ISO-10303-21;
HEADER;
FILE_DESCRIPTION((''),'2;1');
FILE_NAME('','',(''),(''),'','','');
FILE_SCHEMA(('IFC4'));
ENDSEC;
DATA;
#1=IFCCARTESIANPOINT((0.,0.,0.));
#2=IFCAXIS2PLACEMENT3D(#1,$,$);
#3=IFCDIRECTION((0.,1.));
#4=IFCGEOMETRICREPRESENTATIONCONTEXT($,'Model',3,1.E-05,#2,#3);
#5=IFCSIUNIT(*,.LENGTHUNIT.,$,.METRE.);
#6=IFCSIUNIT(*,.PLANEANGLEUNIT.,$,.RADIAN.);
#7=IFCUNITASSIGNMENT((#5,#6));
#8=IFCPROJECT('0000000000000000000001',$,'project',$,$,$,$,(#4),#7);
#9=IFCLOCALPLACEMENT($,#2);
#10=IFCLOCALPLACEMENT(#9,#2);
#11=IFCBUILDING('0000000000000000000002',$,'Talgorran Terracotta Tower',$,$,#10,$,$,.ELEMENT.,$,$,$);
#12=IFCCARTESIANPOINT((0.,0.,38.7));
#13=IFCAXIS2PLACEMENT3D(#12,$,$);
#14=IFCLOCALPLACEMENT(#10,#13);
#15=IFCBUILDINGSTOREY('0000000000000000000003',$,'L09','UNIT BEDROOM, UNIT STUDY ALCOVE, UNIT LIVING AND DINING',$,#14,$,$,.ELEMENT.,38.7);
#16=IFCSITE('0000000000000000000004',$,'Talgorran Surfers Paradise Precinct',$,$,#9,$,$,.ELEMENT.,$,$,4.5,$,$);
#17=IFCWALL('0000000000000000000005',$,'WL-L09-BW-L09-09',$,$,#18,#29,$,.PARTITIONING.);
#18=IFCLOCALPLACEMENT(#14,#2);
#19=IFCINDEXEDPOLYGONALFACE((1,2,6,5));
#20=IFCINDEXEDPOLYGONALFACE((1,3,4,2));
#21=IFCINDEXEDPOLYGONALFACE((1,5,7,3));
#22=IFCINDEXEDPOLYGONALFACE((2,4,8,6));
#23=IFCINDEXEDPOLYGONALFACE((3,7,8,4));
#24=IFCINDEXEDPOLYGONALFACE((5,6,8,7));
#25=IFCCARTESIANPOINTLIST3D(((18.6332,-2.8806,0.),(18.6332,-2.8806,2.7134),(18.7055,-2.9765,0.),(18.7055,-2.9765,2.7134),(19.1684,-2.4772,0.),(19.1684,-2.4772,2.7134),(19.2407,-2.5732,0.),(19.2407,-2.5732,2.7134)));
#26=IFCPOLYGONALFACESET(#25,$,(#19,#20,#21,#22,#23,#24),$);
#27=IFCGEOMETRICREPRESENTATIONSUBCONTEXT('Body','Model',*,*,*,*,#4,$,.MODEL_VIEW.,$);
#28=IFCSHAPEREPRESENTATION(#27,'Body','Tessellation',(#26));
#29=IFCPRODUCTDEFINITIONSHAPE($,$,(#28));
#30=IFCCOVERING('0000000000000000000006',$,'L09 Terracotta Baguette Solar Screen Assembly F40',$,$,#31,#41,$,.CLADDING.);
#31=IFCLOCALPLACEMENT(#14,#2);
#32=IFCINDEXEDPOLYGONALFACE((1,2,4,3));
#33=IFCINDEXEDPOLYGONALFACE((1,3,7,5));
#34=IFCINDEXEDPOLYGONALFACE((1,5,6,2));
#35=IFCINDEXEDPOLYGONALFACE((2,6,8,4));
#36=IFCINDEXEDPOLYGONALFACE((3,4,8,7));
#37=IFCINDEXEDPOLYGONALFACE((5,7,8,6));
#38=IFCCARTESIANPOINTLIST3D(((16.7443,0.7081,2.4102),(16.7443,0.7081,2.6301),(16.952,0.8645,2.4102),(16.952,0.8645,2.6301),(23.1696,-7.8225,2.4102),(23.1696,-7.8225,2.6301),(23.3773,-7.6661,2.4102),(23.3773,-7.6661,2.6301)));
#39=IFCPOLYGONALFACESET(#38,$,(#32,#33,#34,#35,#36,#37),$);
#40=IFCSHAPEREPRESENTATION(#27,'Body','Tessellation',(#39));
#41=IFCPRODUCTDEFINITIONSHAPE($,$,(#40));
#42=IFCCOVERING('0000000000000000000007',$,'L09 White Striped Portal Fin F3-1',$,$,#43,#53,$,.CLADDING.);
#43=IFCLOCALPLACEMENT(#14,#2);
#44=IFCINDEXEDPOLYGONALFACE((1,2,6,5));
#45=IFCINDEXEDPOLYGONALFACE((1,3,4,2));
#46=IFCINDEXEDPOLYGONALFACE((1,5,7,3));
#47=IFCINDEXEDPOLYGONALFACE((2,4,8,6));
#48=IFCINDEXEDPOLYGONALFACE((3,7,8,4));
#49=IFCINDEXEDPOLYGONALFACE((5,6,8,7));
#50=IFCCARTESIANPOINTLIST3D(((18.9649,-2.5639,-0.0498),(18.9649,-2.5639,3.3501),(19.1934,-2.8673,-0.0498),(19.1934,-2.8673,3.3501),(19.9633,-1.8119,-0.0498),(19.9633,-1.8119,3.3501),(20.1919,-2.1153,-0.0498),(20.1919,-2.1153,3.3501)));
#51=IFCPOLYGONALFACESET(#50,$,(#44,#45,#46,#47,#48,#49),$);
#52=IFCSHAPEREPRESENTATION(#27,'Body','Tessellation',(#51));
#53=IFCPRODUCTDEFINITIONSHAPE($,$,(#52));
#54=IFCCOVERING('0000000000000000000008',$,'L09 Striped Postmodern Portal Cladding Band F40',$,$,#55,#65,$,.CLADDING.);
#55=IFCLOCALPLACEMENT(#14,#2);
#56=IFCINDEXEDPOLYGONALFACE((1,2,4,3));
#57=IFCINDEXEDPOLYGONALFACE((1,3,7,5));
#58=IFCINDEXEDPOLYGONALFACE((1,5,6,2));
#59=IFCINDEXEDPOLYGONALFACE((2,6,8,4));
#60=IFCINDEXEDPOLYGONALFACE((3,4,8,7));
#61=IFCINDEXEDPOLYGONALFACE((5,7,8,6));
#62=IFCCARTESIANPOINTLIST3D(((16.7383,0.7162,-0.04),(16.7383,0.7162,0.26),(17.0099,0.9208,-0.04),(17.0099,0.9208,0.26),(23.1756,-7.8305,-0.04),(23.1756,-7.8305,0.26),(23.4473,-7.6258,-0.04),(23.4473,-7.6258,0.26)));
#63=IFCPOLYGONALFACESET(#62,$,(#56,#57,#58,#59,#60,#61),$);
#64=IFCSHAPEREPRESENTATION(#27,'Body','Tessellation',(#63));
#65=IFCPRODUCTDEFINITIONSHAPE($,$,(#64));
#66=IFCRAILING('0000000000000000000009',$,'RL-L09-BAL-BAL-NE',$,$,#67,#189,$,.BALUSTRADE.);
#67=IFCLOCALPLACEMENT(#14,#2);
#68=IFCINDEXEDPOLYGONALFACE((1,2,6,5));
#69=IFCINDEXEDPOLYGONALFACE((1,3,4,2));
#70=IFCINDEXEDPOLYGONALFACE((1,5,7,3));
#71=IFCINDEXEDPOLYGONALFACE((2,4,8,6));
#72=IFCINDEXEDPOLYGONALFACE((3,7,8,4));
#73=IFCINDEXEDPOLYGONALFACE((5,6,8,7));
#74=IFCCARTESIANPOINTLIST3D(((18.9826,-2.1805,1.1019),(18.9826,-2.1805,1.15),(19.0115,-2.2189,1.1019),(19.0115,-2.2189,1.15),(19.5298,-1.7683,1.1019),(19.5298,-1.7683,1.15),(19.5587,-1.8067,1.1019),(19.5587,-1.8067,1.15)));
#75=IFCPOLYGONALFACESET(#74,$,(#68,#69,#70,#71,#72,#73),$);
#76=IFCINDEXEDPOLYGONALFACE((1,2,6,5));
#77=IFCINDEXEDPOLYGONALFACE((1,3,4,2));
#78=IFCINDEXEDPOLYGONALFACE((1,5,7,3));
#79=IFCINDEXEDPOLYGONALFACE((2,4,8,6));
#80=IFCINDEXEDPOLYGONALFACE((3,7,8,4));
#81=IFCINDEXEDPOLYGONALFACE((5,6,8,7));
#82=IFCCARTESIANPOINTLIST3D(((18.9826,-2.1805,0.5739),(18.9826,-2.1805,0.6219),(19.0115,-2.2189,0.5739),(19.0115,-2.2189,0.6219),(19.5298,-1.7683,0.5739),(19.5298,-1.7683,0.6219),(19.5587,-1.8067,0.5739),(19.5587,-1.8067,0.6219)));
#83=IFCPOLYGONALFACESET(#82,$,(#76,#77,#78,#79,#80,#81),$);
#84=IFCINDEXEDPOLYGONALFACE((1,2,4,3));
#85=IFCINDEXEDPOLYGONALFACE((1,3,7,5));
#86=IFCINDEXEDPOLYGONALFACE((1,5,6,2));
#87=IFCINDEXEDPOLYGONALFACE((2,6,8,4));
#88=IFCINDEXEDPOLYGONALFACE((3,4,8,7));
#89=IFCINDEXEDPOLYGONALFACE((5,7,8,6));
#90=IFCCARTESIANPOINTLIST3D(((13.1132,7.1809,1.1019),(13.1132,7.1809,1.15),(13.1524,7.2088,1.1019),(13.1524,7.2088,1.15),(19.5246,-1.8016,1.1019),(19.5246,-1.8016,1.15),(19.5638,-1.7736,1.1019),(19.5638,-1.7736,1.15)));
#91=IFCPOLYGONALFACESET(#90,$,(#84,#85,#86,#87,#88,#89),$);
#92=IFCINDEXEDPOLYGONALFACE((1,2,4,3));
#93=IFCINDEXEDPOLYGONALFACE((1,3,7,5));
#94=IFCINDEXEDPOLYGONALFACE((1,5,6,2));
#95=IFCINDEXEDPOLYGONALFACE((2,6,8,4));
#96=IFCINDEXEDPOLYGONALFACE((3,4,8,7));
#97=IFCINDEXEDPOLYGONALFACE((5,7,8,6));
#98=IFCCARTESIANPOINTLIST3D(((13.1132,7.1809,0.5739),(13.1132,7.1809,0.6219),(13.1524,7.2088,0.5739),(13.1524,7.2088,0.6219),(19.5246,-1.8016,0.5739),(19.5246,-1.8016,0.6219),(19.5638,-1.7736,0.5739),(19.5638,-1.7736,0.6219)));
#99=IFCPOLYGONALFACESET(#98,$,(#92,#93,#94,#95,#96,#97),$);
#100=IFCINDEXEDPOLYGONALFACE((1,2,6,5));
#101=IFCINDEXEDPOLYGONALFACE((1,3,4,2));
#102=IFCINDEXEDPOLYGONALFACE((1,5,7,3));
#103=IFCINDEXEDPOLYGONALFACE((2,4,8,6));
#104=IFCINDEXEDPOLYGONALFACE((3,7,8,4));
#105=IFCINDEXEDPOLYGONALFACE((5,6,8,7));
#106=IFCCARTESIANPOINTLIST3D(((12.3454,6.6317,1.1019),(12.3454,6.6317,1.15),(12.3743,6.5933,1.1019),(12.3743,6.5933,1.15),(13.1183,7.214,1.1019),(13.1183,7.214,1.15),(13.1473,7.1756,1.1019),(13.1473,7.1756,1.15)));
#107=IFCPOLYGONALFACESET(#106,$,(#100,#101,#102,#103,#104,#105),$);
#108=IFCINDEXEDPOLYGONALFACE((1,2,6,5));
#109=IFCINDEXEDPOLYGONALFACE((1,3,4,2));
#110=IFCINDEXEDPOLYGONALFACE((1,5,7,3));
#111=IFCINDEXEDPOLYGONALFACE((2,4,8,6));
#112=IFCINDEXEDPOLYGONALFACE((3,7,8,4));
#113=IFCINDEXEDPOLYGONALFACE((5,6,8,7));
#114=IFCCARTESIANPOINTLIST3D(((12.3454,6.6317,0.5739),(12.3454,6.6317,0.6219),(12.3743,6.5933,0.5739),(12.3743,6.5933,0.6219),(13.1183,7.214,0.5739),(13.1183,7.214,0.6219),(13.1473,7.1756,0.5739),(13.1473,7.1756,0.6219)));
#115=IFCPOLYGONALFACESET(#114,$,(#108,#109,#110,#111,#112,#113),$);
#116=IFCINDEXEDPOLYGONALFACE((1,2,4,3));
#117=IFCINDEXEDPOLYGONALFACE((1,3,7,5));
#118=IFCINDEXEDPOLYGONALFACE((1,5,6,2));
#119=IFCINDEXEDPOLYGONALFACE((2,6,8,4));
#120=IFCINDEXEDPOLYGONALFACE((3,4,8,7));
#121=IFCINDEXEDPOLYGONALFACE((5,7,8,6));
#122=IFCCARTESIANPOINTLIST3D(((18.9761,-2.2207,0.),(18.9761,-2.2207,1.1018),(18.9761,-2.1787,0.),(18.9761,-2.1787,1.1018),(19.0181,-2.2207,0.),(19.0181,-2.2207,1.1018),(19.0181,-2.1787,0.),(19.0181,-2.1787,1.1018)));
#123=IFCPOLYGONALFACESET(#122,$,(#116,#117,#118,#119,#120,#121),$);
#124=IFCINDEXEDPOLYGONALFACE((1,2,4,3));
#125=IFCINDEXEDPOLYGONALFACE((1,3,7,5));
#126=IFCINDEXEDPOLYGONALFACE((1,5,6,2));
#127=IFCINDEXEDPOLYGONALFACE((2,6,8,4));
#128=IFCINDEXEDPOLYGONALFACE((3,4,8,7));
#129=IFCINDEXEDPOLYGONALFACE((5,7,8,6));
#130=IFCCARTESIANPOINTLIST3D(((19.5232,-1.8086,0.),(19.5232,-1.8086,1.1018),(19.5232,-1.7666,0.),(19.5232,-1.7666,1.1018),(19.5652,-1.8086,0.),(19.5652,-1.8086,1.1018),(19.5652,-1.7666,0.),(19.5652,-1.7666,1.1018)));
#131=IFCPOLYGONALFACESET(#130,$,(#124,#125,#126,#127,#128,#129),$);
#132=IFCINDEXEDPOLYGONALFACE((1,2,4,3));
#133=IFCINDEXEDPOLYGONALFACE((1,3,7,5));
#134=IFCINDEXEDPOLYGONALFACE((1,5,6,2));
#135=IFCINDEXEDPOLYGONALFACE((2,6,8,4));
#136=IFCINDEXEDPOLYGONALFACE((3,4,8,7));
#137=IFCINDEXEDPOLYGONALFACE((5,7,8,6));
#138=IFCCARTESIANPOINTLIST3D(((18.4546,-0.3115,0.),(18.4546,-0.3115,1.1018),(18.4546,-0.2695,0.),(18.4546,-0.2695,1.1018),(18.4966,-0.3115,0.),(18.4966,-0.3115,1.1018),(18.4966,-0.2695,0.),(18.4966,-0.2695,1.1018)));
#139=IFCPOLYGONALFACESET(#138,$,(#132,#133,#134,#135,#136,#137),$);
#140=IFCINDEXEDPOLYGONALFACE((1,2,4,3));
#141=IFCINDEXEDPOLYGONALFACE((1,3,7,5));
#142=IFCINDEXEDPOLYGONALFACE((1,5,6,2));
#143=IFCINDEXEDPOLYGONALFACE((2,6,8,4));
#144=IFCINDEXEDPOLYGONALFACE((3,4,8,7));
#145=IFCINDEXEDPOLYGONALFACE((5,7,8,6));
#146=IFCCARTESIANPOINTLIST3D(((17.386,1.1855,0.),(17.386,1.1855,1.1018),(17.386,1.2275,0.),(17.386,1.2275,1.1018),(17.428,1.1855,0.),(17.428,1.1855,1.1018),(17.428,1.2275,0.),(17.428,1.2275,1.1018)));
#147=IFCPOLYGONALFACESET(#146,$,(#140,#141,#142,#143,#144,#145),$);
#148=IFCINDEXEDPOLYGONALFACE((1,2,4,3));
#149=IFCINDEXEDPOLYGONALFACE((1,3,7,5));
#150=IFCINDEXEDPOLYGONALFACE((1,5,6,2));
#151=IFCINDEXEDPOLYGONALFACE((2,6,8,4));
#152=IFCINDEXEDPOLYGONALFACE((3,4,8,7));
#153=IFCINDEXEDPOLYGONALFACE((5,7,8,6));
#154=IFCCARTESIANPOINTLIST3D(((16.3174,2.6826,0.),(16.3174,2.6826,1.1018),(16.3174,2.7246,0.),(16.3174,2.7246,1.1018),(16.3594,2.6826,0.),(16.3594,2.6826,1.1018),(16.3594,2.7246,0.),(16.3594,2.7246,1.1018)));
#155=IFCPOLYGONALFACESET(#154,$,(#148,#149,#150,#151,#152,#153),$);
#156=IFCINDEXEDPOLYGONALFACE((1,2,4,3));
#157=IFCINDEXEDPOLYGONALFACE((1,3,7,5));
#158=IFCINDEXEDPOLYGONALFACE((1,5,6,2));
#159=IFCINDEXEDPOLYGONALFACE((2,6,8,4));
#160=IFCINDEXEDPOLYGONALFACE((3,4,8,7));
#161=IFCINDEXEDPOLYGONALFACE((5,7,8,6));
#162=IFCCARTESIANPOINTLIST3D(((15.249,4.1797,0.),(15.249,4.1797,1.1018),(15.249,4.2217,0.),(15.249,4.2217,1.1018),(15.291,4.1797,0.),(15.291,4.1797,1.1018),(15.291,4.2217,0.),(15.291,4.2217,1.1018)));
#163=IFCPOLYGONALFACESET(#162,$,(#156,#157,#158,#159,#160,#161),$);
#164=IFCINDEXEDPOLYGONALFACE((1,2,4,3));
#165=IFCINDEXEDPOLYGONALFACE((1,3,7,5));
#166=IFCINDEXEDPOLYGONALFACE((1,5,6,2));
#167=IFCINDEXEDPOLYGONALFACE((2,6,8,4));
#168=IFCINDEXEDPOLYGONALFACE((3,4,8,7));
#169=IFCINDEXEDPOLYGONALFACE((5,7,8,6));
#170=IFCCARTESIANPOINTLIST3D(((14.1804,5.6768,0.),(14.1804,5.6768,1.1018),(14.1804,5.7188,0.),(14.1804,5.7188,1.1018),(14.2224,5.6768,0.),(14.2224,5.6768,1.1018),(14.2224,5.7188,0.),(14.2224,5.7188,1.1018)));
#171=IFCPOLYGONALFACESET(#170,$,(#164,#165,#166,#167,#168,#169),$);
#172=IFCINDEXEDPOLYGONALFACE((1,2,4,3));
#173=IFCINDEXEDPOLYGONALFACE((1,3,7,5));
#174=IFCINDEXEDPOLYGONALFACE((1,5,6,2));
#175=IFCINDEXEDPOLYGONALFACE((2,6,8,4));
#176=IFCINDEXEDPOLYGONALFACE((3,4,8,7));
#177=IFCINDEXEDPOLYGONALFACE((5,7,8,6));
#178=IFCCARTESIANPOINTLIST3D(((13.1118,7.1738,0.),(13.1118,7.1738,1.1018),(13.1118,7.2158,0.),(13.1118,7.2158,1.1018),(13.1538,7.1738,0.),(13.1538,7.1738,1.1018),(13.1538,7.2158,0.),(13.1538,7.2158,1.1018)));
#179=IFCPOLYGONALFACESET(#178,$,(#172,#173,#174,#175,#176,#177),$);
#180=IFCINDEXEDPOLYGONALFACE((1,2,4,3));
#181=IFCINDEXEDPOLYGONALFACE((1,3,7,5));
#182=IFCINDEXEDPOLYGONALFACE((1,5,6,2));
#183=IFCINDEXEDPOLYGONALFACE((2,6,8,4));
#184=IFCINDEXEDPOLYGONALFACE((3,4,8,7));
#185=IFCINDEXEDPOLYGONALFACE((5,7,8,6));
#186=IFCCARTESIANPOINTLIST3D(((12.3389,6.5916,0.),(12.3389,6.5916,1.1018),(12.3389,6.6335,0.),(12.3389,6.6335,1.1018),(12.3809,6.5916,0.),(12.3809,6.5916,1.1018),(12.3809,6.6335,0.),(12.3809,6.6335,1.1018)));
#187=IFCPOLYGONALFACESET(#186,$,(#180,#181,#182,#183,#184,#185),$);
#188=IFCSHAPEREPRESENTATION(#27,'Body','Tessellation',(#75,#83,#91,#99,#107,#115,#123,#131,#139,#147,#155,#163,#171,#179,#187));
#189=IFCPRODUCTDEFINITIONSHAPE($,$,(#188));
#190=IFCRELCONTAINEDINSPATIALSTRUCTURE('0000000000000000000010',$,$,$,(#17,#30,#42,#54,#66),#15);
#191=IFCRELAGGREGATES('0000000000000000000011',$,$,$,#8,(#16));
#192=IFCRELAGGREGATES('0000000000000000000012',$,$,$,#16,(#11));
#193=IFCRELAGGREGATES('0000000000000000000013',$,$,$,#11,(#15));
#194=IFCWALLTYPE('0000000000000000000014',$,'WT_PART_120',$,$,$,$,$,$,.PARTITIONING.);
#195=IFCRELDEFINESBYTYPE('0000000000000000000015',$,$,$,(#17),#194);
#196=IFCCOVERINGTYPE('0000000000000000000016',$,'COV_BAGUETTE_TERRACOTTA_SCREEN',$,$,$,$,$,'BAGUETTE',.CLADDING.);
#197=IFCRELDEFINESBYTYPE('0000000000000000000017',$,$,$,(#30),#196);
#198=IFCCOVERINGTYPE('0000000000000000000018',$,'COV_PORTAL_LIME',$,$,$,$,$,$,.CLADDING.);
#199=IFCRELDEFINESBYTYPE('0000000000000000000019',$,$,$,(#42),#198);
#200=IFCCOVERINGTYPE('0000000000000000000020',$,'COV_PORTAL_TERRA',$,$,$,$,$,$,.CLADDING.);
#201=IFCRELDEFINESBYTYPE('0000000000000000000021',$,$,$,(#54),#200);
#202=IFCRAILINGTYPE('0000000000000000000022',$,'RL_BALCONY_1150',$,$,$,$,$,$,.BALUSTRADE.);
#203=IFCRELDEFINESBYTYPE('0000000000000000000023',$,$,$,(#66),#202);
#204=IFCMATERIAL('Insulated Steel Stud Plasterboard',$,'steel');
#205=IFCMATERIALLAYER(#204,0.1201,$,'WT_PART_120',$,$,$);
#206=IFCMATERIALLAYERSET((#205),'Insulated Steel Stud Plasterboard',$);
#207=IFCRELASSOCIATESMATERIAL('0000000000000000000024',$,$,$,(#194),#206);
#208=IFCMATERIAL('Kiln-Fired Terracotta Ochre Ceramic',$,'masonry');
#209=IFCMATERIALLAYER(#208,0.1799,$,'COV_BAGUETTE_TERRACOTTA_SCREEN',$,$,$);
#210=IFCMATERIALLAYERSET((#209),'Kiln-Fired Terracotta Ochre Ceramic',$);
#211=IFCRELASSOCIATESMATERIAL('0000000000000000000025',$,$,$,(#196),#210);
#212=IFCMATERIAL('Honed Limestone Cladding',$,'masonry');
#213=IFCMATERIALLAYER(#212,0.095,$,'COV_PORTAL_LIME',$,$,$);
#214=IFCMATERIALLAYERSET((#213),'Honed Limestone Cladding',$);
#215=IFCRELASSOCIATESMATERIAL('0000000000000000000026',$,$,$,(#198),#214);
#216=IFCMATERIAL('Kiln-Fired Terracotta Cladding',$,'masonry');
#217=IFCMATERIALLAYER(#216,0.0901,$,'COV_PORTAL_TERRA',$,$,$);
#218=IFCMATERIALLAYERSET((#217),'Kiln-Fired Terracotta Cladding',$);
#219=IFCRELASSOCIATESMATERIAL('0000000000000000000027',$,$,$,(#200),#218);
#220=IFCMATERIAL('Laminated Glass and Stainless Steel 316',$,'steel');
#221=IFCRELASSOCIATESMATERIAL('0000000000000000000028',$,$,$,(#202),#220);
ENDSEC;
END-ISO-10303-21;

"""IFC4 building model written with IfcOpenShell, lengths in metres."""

from ifc_helpers import new_model, si_unit, direction, frame, frame_2d, origin, origin_2d, place, context, subcontext, project, spatial, rectangle, extrude, material, layer, layer_set, type_object, element, save


model = new_model("IFC4")

# Units and contexts
model_context = context("Model", 3, precision=1e-05, world=origin(), true_north=direction((0.0, 1.0)))
body_context = subcontext(model_context, "Body", "Model", "MODEL_VIEW")
ifc_project = project(units=[si_unit("LENGTHUNIT", "METRE"), si_unit("PLANEANGLEUNIT", "RADIAN")], contexts=[model_context])

# Site, building, storey
site_placement = place(None, origin())
site = spatial("IfcSite", under=ifc_project, at=site_placement, Name="Talgorran Surfers Paradise Precinct", CompositionType="ELEMENT", RefElevation=4.5)
building_placement = place(site_placement, origin())
building = spatial("IfcBuilding", under=site, at=building_placement, Name="Talgorran Terracotta Tower", CompositionType="ELEMENT")
storey_placement = place(building_placement, frame((0.0, 0.0, 38.7)))
storey = spatial("IfcBuildingStorey", under=building, at=storey_placement, Name="L09", Description="UNIT BEDROOM, UNIT STUDY ALCOVE, UNIT LIVING AND DINING", CompositionType="ELEMENT", Elevation=38.7)

# Wall
ifc_material_1 = material(Name="Insulated Steel Stud Plasterboard", Category="steel")
ifc_layer_1 = layer(ifc_material_1, 0.1201, Name="WT_PART_120")
ifc_layer_set_1 = layer_set([ifc_layer_1], Name="Insulated Steel Stud Plasterboard")
wall_type_1 = type_object("IfcWallType", Name="WT_PART_120", PredefinedType="PARTITIONING", material=ifc_layer_set_1)
wall_1_placement = place(storey_placement, frame((18.6694, -2.9285, 0.0), z_axis=(0.0, 0.0, 1.0), x_axis=(0.798599, 0.601864, 0.0)))
element("IfcWall", 1, at=wall_1_placement, inside=storey, type_object=wall_type_1, Name="WL-L09-BW-L09-09", PredefinedType="PARTITIONING", context=body_context, shape_type="SweptSolid", body=[
    extrude(rectangle(XDim=0.6702, YDim=0.1201, at=frame_2d((0.335, 0.0))), origin(), (0.0, 0.0, 1.0), 2.7134),
])

# Coverings
ifc_material_2 = material(Name="Kiln-Fired Terracotta Ochre Ceramic", Category="masonry")
ifc_layer_2 = layer(ifc_material_2, 0.1799, Name="COV_BAGUETTE_TERRACOTTA_SCREEN")
ifc_layer_set_2 = layer_set([ifc_layer_2], Name="Kiln-Fired Terracotta Ochre Ceramic")
covering_type_1 = type_object("IfcCoveringType", Name="COV_BAGUETTE_TERRACOTTA_SCREEN", ElementType="BAGUETTE", PredefinedType="CLADDING", material=ifc_layer_set_2)
covering_1_placement = place(storey_placement, frame((20.0608, -3.479, 2.4102), z_axis=(0.0, 0.0, 1.0), x_axis=(-0.601634, 0.798772, 0.0)))
element("IfcCovering", 2, at=covering_1_placement, inside=storey, type_object=covering_type_1, Name="L09 Terracotta Baguette Solar Screen Assembly F40", PredefinedType="CLADDING", context=body_context, shape_type="SweptSolid", body=[
    extrude(rectangle(XDim=10.6797, YDim=0.26, at=origin_2d()), origin(), (0.0, 0.0, 1.0), 0.22),
])
ifc_material_3 = material(Name="Honed Limestone Cladding", Category="masonry")
ifc_layer_3 = layer(ifc_material_3, 0.095, Name="COV_PORTAL_LIME")
ifc_layer_set_3 = layer_set([ifc_layer_3], Name="Honed Limestone Cladding")
covering_type_2 = type_object("IfcCoveringType", Name="COV_PORTAL_LIME", PredefinedType="CLADDING", material=ifc_layer_set_3)
covering_2_placement = place(storey_placement, frame((19.5784, -2.3396, -0.0498), z_axis=(0.0, 0.0, 1.0), x_axis=(-0.601634, 0.798772, 0.0)))
element("IfcCovering", 3, at=covering_2_placement, inside=storey, type_object=covering_type_2, Name="L09 White Striped Portal Fin F3-1", PredefinedType="CLADDING", context=body_context, shape_type="SweptSolid", body=[
    extrude(rectangle(XDim=0.3799, YDim=1.25, at=origin_2d()), origin(), (0.0, 0.0, 1.0), 3.3999),
])
ifc_material_4 = material(Name="Kiln-Fired Terracotta Cladding", Category="masonry")
ifc_layer_4 = layer(ifc_material_4, 0.0901, Name="COV_PORTAL_TERRA")
ifc_layer_set_4 = layer_set([ifc_layer_4], Name="Kiln-Fired Terracotta Cladding")
covering_type_3 = type_object("IfcCoveringType", Name="COV_PORTAL_TERRA", PredefinedType="CLADDING", material=ifc_layer_set_4)
covering_3_placement = place(storey_placement, frame((20.0928, -3.4548, -0.04), z_axis=(0.0, 0.0, 1.0), x_axis=(-0.601634, 0.798772, 0.0)))
element("IfcCovering", 4, at=covering_3_placement, inside=storey, type_object=covering_type_3, Name="L09 Striped Postmodern Portal Cladding Band F40", PredefinedType="CLADDING", context=body_context, shape_type="SweptSolid", body=[
    extrude(rectangle(XDim=10.6997, YDim=0.3401, at=origin_2d()), origin(), (0.0, 0.0, 1.0), 0.3),
])

# Railing
ifc_material_5 = material(Name="Laminated Glass and Stainless Steel 316", Category="steel")
railing_type = type_object("IfcRailingType", Name="RL_BALCONY_1150", PredefinedType="BALUSTRADE", material=ifc_material_5)
railing_placement = place(storey_placement, frame((18.9971, -2.1997, 0.0)))
element("IfcRailing", 5, at=railing_placement, inside=storey, type_object=railing_type, Name="RL-L09-BAL-BAL-NE", PredefinedType="BALUSTRADE", context=body_context, shape_type="SweptSolid", body=[
    extrude(rectangle(XDim=0.0481, YDim=0.0481, at=origin_2d()), frame((0.0, 0.0, 1.126), z_axis=(0.798758, 0.601653, 0.0), x_axis=(-0.601653, 0.798758, 0.0)), (0.0, 0.0, 1.0), 0.6851),
    extrude(rectangle(XDim=0.0481, YDim=0.0481, at=origin_2d()), frame((0.0, 0.0, 0.5979), z_axis=(0.798758, 0.601653, 0.0), x_axis=(-0.601653, 0.798758, 0.0)), (0.0, 0.0, 1.0), 0.6851),
    extrude(rectangle(XDim=0.0481, YDim=0.0481, at=origin_2d()), frame((0.5471, 0.4121, 1.126), z_axis=(-0.58096, 0.813932, 0.0), x_axis=(-0.813932, -0.58096, 0.0)), (0.0, 0.0, 1.0), 11.0359),
    extrude(rectangle(XDim=0.0481, YDim=0.0481, at=origin_2d()), frame((0.5471, 0.4121, 0.5979), z_axis=(-0.58096, 0.813932, 0.0), x_axis=(-0.813932, -0.58096, 0.0)), (0.0, 0.0, 1.0), 11.0359),
    extrude(rectangle(XDim=0.0481, YDim=0.0481, at=origin_2d()), frame((-5.8643, 9.3945, 1.126), z_axis=(-0.798727, -0.601694, 0.0), x_axis=(0.601694, -0.798727, 0.0)), (0.0, 0.0, 1.0), 0.9678),
    extrude(rectangle(XDim=0.0481, YDim=0.0481, at=origin_2d()), frame((-5.8643, 9.3945, 0.5979), z_axis=(-0.798727, -0.601694, 0.0), x_axis=(0.601694, -0.798727, 0.0)), (0.0, 0.0, 1.0), 0.9678),
    extrude(rectangle(XDim=0.042, YDim=0.042, at=origin_2d()), origin(), (0.0, 0.0, 1.0), 1.1018),
    extrude(rectangle(XDim=0.042, YDim=0.042, at=origin_2d()), frame((0.5471, 0.4121, 0.0)), (0.0, 0.0, 1.0), 1.1018),
    extrude(rectangle(XDim=0.042, YDim=0.042, at=origin_2d()), frame((-0.5215, 1.9092, 0.0)), (0.0, 0.0, 1.0), 1.1018),
    extrude(rectangle(XDim=0.042, YDim=0.042, at=origin_2d()), frame((-1.5901, 3.4062, 0.0)), (0.0, 0.0, 1.0), 1.1018),
    extrude(rectangle(XDim=0.042, YDim=0.042, at=origin_2d()), frame((-2.6587, 4.9033, 0.0)), (0.0, 0.0, 1.0), 1.1018),
    extrude(rectangle(XDim=0.042, YDim=0.042, at=origin_2d()), frame((-3.7271, 6.4004, 0.0)), (0.0, 0.0, 1.0), 1.1018),
    extrude(rectangle(XDim=0.042, YDim=0.042, at=origin_2d()), frame((-4.7957, 7.8975, 0.0)), (0.0, 0.0, 1.0), 1.1018),
    extrude(rectangle(XDim=0.042, YDim=0.042, at=origin_2d()), frame((-5.8643, 9.3945, 0.0)), (0.0, 0.0, 1.0), 1.1018),
    extrude(rectangle(XDim=0.042, YDim=0.042, at=origin_2d()), frame((-6.6372, 8.8123, 0.0)), (0.0, 0.0, 1.0), 1.1018),
])

save(model, "model.ifc")
